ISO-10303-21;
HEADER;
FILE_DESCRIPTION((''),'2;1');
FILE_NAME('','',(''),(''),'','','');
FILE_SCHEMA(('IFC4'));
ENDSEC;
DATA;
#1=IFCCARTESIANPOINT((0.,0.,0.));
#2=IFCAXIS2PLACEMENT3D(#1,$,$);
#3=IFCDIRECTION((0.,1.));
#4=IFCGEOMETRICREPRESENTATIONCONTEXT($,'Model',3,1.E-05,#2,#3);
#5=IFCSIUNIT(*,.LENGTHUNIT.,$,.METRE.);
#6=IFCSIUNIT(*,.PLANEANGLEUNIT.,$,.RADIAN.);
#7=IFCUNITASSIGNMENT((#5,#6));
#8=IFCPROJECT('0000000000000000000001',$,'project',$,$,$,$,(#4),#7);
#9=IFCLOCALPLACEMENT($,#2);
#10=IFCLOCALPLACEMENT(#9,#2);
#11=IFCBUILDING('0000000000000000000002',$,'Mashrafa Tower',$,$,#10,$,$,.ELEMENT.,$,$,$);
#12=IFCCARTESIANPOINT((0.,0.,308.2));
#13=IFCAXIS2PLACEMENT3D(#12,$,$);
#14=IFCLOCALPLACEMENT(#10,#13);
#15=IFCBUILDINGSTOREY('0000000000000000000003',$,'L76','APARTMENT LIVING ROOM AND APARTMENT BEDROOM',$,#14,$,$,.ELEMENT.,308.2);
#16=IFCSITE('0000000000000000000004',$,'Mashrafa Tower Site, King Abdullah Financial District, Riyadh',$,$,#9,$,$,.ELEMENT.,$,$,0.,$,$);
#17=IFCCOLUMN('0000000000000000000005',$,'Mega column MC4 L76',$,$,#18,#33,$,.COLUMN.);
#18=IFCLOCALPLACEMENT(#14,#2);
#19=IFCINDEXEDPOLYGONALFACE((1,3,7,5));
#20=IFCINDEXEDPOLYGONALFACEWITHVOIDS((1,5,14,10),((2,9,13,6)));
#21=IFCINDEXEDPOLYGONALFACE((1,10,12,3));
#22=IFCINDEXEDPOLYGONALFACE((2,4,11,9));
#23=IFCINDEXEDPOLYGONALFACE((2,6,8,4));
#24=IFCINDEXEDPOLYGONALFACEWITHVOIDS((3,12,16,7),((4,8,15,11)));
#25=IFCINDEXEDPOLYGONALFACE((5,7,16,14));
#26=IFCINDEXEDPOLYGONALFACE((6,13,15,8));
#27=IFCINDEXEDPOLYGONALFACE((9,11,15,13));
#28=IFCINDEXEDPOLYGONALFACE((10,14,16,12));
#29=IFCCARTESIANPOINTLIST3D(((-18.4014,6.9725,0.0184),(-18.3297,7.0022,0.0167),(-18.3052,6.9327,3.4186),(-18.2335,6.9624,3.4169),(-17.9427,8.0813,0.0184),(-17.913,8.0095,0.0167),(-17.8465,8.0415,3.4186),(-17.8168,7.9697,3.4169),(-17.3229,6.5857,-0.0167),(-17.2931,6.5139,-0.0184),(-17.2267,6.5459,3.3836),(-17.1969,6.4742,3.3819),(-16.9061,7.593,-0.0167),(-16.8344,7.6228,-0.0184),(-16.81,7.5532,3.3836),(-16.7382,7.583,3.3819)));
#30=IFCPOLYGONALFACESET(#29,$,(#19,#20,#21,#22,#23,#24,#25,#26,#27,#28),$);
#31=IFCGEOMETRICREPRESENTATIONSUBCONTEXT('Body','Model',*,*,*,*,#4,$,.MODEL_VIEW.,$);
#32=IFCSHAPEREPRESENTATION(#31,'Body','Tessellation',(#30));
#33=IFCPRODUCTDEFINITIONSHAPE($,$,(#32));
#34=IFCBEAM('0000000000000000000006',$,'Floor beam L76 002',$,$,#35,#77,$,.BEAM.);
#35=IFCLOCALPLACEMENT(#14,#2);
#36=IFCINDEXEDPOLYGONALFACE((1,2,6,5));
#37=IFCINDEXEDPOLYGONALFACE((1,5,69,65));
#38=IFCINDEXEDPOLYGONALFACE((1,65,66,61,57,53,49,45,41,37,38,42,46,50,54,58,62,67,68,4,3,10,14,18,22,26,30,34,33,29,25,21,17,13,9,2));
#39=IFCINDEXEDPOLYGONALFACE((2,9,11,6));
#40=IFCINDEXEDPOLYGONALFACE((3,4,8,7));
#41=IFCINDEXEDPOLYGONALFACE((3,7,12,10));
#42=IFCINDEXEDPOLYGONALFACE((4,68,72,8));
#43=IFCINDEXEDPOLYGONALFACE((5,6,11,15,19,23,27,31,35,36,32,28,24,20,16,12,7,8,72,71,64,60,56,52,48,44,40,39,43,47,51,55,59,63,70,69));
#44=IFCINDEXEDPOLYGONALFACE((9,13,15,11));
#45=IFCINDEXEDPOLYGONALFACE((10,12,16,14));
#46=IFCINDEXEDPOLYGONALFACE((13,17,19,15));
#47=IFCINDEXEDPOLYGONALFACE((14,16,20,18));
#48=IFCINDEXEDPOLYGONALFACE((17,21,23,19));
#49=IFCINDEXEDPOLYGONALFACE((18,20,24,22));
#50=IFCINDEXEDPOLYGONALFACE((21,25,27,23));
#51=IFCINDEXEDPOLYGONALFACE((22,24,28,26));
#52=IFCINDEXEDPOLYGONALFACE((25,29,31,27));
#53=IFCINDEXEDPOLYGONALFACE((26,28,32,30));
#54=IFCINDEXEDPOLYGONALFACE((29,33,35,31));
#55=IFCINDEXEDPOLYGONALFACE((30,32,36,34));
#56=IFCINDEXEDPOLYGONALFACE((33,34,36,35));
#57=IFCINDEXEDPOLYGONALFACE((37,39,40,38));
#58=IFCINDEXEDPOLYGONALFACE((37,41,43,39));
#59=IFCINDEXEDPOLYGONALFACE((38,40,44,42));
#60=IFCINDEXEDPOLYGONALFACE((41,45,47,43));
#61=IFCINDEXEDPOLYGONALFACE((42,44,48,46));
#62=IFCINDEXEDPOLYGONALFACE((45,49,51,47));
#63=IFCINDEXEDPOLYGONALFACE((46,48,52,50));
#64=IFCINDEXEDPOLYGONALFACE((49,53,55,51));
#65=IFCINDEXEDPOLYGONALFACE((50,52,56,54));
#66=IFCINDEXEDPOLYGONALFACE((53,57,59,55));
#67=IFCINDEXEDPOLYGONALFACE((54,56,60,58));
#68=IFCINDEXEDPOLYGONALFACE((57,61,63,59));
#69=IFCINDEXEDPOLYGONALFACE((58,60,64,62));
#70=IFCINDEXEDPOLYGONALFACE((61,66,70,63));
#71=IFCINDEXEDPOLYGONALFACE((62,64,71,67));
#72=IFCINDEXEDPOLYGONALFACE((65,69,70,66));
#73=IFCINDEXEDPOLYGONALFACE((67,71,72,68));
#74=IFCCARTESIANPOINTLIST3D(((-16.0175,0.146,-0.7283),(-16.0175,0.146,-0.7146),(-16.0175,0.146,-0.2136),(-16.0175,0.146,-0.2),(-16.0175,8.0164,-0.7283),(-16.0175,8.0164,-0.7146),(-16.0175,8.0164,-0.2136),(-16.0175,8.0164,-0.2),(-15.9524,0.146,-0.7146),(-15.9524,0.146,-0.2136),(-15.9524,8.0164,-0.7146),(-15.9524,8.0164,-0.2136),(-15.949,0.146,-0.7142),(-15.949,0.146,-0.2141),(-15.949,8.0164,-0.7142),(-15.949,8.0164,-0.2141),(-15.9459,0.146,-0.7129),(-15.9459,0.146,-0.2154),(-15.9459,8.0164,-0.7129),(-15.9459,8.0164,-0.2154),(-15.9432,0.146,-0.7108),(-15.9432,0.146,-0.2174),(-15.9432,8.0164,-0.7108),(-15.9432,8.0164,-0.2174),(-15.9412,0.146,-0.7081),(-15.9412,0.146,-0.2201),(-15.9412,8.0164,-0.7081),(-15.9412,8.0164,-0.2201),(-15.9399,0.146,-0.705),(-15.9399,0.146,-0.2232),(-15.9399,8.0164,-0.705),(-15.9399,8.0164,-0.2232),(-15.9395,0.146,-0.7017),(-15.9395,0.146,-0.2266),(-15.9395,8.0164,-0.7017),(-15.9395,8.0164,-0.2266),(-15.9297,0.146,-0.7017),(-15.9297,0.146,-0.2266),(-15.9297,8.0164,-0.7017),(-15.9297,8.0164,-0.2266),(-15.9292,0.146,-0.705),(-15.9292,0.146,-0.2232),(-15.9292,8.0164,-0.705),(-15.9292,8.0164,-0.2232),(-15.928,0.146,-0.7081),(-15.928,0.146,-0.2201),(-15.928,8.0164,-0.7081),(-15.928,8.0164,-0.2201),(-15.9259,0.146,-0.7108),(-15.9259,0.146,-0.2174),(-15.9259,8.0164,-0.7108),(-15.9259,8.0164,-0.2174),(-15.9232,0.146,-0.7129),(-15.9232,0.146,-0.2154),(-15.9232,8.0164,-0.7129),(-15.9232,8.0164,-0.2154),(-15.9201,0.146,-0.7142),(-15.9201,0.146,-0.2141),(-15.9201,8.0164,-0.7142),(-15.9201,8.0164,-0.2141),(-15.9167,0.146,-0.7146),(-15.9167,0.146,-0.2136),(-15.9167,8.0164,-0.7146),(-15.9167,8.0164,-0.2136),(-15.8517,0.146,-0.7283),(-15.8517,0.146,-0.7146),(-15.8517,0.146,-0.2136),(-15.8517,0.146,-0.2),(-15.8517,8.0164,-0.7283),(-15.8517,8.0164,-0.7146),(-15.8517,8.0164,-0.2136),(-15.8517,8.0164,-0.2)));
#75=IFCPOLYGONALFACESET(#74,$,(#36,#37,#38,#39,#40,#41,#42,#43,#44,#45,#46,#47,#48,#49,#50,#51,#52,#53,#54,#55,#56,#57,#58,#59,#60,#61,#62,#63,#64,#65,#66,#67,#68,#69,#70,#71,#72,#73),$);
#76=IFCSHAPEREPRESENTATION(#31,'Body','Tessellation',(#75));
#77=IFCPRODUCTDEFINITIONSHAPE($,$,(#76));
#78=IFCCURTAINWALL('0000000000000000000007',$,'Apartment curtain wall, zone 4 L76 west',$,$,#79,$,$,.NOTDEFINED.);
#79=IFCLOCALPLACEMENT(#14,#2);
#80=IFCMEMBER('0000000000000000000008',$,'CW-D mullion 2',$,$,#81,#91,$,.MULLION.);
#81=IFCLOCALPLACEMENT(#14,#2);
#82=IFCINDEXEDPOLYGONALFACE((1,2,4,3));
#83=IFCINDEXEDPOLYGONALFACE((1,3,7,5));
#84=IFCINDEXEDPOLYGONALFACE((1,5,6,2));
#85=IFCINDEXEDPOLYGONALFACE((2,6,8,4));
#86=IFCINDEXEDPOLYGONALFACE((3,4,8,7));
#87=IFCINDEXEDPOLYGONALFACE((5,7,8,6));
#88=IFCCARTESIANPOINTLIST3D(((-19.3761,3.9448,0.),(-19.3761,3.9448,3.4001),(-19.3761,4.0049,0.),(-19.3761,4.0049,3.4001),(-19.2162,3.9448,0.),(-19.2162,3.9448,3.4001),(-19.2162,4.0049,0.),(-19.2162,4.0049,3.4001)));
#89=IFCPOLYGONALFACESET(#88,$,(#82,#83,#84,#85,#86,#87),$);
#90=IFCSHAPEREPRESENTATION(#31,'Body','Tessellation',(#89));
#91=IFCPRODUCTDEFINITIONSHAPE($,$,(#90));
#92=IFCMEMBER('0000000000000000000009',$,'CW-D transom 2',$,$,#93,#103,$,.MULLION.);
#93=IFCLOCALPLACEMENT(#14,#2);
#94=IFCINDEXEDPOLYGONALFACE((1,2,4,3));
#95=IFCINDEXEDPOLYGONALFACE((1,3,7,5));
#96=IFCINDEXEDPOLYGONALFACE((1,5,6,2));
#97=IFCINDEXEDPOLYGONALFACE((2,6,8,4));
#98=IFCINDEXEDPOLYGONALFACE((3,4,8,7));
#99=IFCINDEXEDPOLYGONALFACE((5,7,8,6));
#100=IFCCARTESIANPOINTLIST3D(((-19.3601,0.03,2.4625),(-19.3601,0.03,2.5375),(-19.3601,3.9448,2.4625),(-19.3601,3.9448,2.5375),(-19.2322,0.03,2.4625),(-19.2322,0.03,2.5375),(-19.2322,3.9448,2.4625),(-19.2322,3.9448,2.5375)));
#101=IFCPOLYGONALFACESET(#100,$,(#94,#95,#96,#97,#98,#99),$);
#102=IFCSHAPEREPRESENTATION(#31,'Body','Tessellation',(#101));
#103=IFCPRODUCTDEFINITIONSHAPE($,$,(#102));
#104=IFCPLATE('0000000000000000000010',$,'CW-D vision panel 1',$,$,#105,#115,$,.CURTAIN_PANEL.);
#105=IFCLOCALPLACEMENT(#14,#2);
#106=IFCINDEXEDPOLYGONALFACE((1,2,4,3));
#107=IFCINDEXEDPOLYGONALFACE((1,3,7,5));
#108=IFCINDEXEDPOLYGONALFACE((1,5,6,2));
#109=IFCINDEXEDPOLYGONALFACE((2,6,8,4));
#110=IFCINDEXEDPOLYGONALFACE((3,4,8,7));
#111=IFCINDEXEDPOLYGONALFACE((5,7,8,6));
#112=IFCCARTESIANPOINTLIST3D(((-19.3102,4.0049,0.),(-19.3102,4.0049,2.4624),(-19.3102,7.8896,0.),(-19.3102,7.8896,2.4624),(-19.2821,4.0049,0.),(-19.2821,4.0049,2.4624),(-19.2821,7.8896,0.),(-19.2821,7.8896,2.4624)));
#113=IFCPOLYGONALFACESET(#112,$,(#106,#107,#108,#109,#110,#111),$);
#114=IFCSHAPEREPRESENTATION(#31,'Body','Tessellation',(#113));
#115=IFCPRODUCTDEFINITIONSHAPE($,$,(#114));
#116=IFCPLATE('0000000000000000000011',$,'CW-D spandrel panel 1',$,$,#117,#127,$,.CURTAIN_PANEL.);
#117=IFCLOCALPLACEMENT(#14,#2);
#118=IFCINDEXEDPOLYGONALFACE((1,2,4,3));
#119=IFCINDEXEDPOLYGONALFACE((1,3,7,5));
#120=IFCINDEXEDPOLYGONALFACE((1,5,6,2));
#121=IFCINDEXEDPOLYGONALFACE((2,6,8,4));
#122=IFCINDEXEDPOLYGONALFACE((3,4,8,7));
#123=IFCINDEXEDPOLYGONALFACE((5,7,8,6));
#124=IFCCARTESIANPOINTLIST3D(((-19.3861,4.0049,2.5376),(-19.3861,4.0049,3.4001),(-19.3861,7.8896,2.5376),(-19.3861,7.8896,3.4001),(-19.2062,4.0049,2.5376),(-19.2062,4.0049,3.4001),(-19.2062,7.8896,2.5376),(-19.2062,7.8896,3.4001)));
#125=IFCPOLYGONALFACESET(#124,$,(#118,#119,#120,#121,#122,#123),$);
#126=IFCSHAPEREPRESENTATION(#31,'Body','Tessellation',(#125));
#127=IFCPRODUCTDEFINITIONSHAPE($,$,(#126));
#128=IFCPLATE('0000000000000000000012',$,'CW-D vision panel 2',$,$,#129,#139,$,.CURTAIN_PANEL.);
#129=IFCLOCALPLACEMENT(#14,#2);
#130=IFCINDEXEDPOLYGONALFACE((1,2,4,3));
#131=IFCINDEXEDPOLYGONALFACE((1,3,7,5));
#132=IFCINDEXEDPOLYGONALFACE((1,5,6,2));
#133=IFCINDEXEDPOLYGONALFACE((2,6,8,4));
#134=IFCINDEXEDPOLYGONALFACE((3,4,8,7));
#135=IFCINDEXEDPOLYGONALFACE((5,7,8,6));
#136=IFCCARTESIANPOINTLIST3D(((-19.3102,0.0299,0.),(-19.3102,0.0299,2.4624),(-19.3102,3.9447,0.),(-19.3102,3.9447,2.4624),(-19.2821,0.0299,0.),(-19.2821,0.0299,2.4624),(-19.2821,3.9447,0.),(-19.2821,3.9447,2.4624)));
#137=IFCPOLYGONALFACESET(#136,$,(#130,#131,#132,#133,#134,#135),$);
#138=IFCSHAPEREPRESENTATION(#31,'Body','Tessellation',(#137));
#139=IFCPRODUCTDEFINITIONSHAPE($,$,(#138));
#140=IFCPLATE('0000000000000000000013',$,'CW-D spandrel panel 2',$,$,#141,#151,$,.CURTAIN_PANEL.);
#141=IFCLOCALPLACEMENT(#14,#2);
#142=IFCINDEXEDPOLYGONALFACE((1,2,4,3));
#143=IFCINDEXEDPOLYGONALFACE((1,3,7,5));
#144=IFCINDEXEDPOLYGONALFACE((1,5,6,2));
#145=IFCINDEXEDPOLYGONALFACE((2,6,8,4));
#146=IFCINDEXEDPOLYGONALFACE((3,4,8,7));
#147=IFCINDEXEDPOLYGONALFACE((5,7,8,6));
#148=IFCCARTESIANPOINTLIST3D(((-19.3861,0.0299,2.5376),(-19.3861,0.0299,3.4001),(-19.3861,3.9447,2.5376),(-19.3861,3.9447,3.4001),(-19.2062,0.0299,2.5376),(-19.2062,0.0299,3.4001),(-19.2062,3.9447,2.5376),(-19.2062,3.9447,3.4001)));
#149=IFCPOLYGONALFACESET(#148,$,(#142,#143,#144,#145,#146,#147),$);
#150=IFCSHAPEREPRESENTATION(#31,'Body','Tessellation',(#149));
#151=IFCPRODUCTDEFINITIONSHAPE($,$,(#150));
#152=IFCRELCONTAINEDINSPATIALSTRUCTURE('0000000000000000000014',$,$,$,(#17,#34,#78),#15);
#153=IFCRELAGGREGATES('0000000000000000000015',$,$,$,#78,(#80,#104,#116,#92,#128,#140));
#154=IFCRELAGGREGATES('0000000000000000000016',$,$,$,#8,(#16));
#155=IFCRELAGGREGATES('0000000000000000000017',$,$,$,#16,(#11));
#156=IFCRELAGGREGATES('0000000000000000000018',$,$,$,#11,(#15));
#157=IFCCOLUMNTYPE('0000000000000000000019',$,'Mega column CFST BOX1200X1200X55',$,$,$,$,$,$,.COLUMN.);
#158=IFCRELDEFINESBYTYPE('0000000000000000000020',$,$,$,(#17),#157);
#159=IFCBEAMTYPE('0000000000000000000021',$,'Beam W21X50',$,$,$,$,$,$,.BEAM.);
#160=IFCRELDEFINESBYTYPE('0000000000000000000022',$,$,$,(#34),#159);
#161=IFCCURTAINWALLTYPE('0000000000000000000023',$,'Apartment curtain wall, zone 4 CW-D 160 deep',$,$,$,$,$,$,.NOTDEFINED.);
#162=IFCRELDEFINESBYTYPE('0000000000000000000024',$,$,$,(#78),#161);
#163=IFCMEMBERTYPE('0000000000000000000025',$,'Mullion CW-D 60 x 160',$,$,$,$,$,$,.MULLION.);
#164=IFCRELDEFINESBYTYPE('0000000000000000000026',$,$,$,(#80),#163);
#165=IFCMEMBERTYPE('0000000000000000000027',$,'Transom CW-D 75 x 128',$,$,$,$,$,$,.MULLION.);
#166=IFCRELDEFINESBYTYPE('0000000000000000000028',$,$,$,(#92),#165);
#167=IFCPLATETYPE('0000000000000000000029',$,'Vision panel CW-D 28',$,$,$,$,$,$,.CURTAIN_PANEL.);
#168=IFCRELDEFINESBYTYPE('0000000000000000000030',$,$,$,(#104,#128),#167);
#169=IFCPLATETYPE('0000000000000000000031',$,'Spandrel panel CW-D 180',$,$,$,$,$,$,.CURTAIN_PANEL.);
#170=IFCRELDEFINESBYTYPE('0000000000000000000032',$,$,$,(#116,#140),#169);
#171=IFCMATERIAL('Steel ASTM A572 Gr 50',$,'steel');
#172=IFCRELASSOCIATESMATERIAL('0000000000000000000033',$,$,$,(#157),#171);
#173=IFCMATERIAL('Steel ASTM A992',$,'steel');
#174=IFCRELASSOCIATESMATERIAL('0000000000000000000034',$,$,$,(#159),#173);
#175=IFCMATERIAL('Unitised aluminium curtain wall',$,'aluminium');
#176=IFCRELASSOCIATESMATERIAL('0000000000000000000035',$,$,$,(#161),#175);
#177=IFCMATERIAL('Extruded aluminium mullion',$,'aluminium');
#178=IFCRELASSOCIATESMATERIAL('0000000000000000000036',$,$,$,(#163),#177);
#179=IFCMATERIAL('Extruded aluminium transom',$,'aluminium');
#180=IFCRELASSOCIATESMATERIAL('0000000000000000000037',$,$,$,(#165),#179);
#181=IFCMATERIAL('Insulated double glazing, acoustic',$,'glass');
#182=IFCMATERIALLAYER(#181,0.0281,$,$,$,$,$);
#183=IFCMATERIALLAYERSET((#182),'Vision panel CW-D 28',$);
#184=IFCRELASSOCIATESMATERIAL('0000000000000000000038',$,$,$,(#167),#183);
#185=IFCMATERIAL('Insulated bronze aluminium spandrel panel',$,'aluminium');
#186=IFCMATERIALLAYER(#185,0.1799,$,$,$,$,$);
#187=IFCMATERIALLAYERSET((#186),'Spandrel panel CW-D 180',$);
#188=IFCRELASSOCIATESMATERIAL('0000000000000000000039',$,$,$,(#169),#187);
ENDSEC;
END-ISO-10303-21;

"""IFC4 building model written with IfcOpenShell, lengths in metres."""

from ifc_helpers import new_model, si_unit, direction, frame, origin, origin_2d, place, context, subcontext, project, spatial, rectangle, hollow_rectangle, i_section, extrude, source, transform, mapped, material, layer, layer_set, material_profile, profile_set, type_object, type_shapes, element, aggregate, save


model = new_model("IFC4")

# Units and contexts
model_context = context("Model", 3, precision=1e-05, world=origin(), true_north=direction((0.0, 1.0)))
body_context = subcontext(model_context, "Body", "Model", "MODEL_VIEW")
ifc_project = project(units=[si_unit("LENGTHUNIT", "METRE"), si_unit("PLANEANGLEUNIT", "RADIAN")], contexts=[model_context])

# Site, building, storey
site_placement = place(None, origin())
site = spatial("IfcSite", under=ifc_project, at=site_placement, Name="Mashrafa Tower Site, King Abdullah Financial District, Riyadh", CompositionType="ELEMENT", RefElevation=0.0)
building_placement = place(site_placement, origin())
building = spatial("IfcBuilding", under=site, at=building_placement, Name="Mashrafa Tower", CompositionType="ELEMENT")
storey_placement = place(building_placement, frame((0.0, 0.0, 308.2)))
storey = spatial("IfcBuildingStorey", under=building, at=storey_placement, Name="L76", Description="APARTMENT LIVING ROOM AND APARTMENT BEDROOM", CompositionType="ELEMENT", Elevation=308.2)

# Column
ifc_material_1 = material(Name="Steel ASTM A572 Gr 50", Category="steel")
ifc_material_profile_1 = material_profile(ifc_material_1, hollow_rectangle(XDim=1.2, YDim=1.2, WallThickness=0.0549, at=origin_2d()), Name="BOX1200X1200X55")
ifc_profile_set_1 = profile_set([ifc_material_profile_1], Name="Steel ASTM A572 Gr 50")
column_type = type_object("IfcColumnType", Name="Mega column CFST BOX1200X1200X55", PredefinedType="COLUMN", material=ifc_profile_set_1)
column_placement = place(storey_placement, frame((-17.6179, 7.2976, 0.0), z_axis=(0.028277, -0.011698, 0.999532), x_axis=(0.382283, 0.924045, 0.0)))
element("IfcColumn", 1, at=column_placement, inside=storey, type_object=column_type, Name="Mega column MC4 L76", PredefinedType="COLUMN", context=body_context, shape_type="SweptSolid", body=[
    extrude(hollow_rectangle(XDim=1.2, YDim=1.2, WallThickness=0.0549, at=origin_2d()), origin(), (0.0, 0.0, 1.0), 3.4019),
])

# Beam
ifc_material_2 = material(Name="Steel ASTM A992", Category="steel")
ifc_material_profile_2 = material_profile(ifc_material_2, i_section(OverallWidth=0.1658, OverallDepth=0.5283, WebThickness=0.0098, FlangeThickness=0.0137, FilletRadius=0.0129, at=origin_2d()), Name="W21X50")
ifc_profile_set_2 = profile_set([ifc_material_profile_2], Name="Steel ASTM A992")
beam_type = type_object("IfcBeamType", Name="Beam W21X50", PredefinedType="BEAM", material=ifc_profile_set_2)
beam_placement = place(storey_placement, frame((-15.9346, 0.146, -0.4641), z_axis=(0.0, 1.0, 0.0), x_axis=(-1.0, 0.0, 0.0)))
element("IfcBeam", 2, at=beam_placement, inside=storey, type_object=beam_type, Name="Floor beam L76 002", PredefinedType="BEAM", context=body_context, shape_type="SweptSolid", body=[
    extrude(i_section(OverallWidth=0.1658, OverallDepth=0.5283, WebThickness=0.0098, FlangeThickness=0.0137, FilletRadius=0.0129, at=origin_2d()), origin(), (0.0, 0.0, 1.0), 7.8704),
])

# Curtain wall, members, plates
ifc_material_3 = material(Name="Unitised aluminium curtain wall", Category="aluminium")
curtain_wall_type = type_object("IfcCurtainWallType", Name="Apartment curtain wall, zone 4 CW-D 160 deep", PredefinedType="NOTDEFINED", material=ifc_material_3)
curtain_wall_placement = place(storey_placement, origin())
curtain_wall = element("IfcCurtainWall", 3, at=curtain_wall_placement, inside=storey, type_object=curtain_wall_type, Name="Apartment curtain wall, zone 4 L76 west", PredefinedType="NOTDEFINED")
ifc_material_4 = material(Name="Extruded aluminium mullion", Category="aluminium")
ifc_material_profile_3 = material_profile(ifc_material_4, rectangle(XDim=0.1599, YDim=0.0601, at=origin_2d()), Name="Mullion 60x160")
ifc_profile_set_3 = profile_set([ifc_material_profile_3], Name="Extruded aluminium mullion")
member_type_1 = type_object("IfcMemberType", Name="Mullion CW-D 60 x 160", PredefinedType="MULLION", material=ifc_profile_set_3)
shared_shape_1 = source(origin(), body_context, "Body", "SweptSolid", [
    extrude(rectangle(XDim=0.1599, YDim=0.0601, at=origin_2d()), origin(), (0.0, 0.0, 1.0), 3.4001),
])
type_shapes(member_type_1, [shared_shape_1])
member_1_placement = place(storey_placement, frame((-19.2961, 3.9749, 0.0), z_axis=(0.0, 0.0, 1.0), x_axis=(1.0, 0.0, 0.0)))
member_1 = element("IfcMember", 4, at=member_1_placement, type_object=member_type_1, Name="CW-D mullion 2", PredefinedType="MULLION", context=body_context, shape_type="MappedRepresentation", body=[
    mapped(shared_shape_1, transform((0.0, 0.0, 0.0))),
])
ifc_material_5 = material(Name="Extruded aluminium transom", Category="aluminium")
ifc_material_profile_4 = material_profile(ifc_material_5, rectangle(XDim=0.1279, YDim=0.075, at=origin_2d()), Name="Transom 75x128")
ifc_profile_set_4 = profile_set([ifc_material_profile_4], Name="Extruded aluminium transom")
member_type_2 = type_object("IfcMemberType", Name="Transom CW-D 75 x 128", PredefinedType="MULLION", material=ifc_profile_set_4)
shared_shape_2 = source(origin(), body_context, "Body", "SweptSolid", [
    extrude(rectangle(XDim=0.1279, YDim=0.075, at=origin_2d()), origin(), (0.0, 0.0, 1.0), 3.9148),
])
type_shapes(member_type_2, [shared_shape_2])
member_2_placement = place(storey_placement, frame((-19.2961, 3.9448, 2.5), z_axis=(0.0, -1.0, 0.0), x_axis=(1.0, 0.0, 0.0)))
member_2 = element("IfcMember", 5, at=member_2_placement, type_object=member_type_2, Name="CW-D transom 2", PredefinedType="MULLION", context=body_context, shape_type="MappedRepresentation", body=[
    mapped(shared_shape_2, transform((0.0, 0.0, 0.0))),
])
ifc_material_6 = material(Name="Insulated double glazing, acoustic", Category="glass")
ifc_layer_1 = layer(ifc_material_6, 0.0281)
ifc_layer_set_1 = layer_set([ifc_layer_1], Name="Vision panel CW-D 28")
plate_type_1 = type_object("IfcPlateType", Name="Vision panel CW-D 28", PredefinedType="CURTAIN_PANEL", material=ifc_layer_set_1)
shared_shape_3 = source(origin(), body_context, "Body", "SweptSolid", [
    extrude(rectangle(XDim=3.8848, YDim=0.0281, at=origin_2d()), origin(), (0.0, 0.0, 1.0), 2.4624),
])
plate_1_placement = place(storey_placement, frame((-19.2961, 5.9473, 0.0), z_axis=(0.0, 0.0, 1.0), x_axis=(0.0, -1.0, 0.0)))
plate_1 = element("IfcPlate", 6, at=plate_1_placement, type_object=plate_type_1, Name="CW-D vision panel 1", PredefinedType="CURTAIN_PANEL", context=body_context, shape_type="MappedRepresentation", body=[
    mapped(shared_shape_3, transform((0.0, 0.0, 0.0))),
])
ifc_material_7 = material(Name="Insulated bronze aluminium spandrel panel", Category="aluminium")
ifc_layer_2 = layer(ifc_material_7, 0.1799)
ifc_layer_set_2 = layer_set([ifc_layer_2], Name="Spandrel panel CW-D 180")
plate_type_2 = type_object("IfcPlateType", Name="Spandrel panel CW-D 180", PredefinedType="CURTAIN_PANEL", material=ifc_layer_set_2)
shared_shape_4 = source(origin(), body_context, "Body", "SweptSolid", [
    extrude(rectangle(XDim=3.8848, YDim=0.1799, at=origin_2d()), origin(), (0.0, 0.0, 1.0), 0.8625),
])
plate_2_placement = place(storey_placement, frame((-19.2961, 5.9473, 2.5376), z_axis=(0.0, 0.0, 1.0), x_axis=(0.0, -1.0, 0.0)))
plate_2 = element("IfcPlate", 7, at=plate_2_placement, type_object=plate_type_2, Name="CW-D spandrel panel 1", PredefinedType="CURTAIN_PANEL", context=body_context, shape_type="MappedRepresentation", body=[
    mapped(shared_shape_4, transform((0.0, 0.0, 0.0))),
])
shared_shape_5 = source(origin(), body_context, "Body", "SweptSolid", [
    extrude(rectangle(XDim=3.9148, YDim=0.0281, at=origin_2d()), origin(), (0.0, 0.0, 1.0), 2.4624),
])
type_shapes(plate_type_1, [shared_shape_3, shared_shape_5])
plate_3_placement = place(storey_placement, frame((-19.2961, 1.9873, 0.0), z_axis=(0.0, 0.0, 1.0), x_axis=(0.0, -1.0, 0.0)))
plate_3 = element("IfcPlate", 8, at=plate_3_placement, type_object=plate_type_1, Name="CW-D vision panel 2", PredefinedType="CURTAIN_PANEL", context=body_context, shape_type="MappedRepresentation", body=[
    mapped(shared_shape_5, transform((0.0, 0.0, 0.0))),
])
shared_shape_6 = source(origin(), body_context, "Body", "SweptSolid", [
    extrude(rectangle(XDim=3.9148, YDim=0.1799, at=origin_2d()), origin(), (0.0, 0.0, 1.0), 0.8625),
])
type_shapes(plate_type_2, [shared_shape_4, shared_shape_6])
plate_4_placement = place(storey_placement, frame((-19.2961, 1.9873, 2.5376), z_axis=(0.0, 0.0, 1.0), x_axis=(0.0, -1.0, 0.0)))
plate_4 = element("IfcPlate", 9, at=plate_4_placement, type_object=plate_type_2, Name="CW-D spandrel panel 2", PredefinedType="CURTAIN_PANEL", context=body_context, shape_type="MappedRepresentation", body=[
    mapped(shared_shape_6, transform((0.0, 0.0, 0.0))),
])
aggregate(curtain_wall, [member_1, plate_1, plate_2, member_2, plate_3, plate_4])

save(model, "model.ifc")
